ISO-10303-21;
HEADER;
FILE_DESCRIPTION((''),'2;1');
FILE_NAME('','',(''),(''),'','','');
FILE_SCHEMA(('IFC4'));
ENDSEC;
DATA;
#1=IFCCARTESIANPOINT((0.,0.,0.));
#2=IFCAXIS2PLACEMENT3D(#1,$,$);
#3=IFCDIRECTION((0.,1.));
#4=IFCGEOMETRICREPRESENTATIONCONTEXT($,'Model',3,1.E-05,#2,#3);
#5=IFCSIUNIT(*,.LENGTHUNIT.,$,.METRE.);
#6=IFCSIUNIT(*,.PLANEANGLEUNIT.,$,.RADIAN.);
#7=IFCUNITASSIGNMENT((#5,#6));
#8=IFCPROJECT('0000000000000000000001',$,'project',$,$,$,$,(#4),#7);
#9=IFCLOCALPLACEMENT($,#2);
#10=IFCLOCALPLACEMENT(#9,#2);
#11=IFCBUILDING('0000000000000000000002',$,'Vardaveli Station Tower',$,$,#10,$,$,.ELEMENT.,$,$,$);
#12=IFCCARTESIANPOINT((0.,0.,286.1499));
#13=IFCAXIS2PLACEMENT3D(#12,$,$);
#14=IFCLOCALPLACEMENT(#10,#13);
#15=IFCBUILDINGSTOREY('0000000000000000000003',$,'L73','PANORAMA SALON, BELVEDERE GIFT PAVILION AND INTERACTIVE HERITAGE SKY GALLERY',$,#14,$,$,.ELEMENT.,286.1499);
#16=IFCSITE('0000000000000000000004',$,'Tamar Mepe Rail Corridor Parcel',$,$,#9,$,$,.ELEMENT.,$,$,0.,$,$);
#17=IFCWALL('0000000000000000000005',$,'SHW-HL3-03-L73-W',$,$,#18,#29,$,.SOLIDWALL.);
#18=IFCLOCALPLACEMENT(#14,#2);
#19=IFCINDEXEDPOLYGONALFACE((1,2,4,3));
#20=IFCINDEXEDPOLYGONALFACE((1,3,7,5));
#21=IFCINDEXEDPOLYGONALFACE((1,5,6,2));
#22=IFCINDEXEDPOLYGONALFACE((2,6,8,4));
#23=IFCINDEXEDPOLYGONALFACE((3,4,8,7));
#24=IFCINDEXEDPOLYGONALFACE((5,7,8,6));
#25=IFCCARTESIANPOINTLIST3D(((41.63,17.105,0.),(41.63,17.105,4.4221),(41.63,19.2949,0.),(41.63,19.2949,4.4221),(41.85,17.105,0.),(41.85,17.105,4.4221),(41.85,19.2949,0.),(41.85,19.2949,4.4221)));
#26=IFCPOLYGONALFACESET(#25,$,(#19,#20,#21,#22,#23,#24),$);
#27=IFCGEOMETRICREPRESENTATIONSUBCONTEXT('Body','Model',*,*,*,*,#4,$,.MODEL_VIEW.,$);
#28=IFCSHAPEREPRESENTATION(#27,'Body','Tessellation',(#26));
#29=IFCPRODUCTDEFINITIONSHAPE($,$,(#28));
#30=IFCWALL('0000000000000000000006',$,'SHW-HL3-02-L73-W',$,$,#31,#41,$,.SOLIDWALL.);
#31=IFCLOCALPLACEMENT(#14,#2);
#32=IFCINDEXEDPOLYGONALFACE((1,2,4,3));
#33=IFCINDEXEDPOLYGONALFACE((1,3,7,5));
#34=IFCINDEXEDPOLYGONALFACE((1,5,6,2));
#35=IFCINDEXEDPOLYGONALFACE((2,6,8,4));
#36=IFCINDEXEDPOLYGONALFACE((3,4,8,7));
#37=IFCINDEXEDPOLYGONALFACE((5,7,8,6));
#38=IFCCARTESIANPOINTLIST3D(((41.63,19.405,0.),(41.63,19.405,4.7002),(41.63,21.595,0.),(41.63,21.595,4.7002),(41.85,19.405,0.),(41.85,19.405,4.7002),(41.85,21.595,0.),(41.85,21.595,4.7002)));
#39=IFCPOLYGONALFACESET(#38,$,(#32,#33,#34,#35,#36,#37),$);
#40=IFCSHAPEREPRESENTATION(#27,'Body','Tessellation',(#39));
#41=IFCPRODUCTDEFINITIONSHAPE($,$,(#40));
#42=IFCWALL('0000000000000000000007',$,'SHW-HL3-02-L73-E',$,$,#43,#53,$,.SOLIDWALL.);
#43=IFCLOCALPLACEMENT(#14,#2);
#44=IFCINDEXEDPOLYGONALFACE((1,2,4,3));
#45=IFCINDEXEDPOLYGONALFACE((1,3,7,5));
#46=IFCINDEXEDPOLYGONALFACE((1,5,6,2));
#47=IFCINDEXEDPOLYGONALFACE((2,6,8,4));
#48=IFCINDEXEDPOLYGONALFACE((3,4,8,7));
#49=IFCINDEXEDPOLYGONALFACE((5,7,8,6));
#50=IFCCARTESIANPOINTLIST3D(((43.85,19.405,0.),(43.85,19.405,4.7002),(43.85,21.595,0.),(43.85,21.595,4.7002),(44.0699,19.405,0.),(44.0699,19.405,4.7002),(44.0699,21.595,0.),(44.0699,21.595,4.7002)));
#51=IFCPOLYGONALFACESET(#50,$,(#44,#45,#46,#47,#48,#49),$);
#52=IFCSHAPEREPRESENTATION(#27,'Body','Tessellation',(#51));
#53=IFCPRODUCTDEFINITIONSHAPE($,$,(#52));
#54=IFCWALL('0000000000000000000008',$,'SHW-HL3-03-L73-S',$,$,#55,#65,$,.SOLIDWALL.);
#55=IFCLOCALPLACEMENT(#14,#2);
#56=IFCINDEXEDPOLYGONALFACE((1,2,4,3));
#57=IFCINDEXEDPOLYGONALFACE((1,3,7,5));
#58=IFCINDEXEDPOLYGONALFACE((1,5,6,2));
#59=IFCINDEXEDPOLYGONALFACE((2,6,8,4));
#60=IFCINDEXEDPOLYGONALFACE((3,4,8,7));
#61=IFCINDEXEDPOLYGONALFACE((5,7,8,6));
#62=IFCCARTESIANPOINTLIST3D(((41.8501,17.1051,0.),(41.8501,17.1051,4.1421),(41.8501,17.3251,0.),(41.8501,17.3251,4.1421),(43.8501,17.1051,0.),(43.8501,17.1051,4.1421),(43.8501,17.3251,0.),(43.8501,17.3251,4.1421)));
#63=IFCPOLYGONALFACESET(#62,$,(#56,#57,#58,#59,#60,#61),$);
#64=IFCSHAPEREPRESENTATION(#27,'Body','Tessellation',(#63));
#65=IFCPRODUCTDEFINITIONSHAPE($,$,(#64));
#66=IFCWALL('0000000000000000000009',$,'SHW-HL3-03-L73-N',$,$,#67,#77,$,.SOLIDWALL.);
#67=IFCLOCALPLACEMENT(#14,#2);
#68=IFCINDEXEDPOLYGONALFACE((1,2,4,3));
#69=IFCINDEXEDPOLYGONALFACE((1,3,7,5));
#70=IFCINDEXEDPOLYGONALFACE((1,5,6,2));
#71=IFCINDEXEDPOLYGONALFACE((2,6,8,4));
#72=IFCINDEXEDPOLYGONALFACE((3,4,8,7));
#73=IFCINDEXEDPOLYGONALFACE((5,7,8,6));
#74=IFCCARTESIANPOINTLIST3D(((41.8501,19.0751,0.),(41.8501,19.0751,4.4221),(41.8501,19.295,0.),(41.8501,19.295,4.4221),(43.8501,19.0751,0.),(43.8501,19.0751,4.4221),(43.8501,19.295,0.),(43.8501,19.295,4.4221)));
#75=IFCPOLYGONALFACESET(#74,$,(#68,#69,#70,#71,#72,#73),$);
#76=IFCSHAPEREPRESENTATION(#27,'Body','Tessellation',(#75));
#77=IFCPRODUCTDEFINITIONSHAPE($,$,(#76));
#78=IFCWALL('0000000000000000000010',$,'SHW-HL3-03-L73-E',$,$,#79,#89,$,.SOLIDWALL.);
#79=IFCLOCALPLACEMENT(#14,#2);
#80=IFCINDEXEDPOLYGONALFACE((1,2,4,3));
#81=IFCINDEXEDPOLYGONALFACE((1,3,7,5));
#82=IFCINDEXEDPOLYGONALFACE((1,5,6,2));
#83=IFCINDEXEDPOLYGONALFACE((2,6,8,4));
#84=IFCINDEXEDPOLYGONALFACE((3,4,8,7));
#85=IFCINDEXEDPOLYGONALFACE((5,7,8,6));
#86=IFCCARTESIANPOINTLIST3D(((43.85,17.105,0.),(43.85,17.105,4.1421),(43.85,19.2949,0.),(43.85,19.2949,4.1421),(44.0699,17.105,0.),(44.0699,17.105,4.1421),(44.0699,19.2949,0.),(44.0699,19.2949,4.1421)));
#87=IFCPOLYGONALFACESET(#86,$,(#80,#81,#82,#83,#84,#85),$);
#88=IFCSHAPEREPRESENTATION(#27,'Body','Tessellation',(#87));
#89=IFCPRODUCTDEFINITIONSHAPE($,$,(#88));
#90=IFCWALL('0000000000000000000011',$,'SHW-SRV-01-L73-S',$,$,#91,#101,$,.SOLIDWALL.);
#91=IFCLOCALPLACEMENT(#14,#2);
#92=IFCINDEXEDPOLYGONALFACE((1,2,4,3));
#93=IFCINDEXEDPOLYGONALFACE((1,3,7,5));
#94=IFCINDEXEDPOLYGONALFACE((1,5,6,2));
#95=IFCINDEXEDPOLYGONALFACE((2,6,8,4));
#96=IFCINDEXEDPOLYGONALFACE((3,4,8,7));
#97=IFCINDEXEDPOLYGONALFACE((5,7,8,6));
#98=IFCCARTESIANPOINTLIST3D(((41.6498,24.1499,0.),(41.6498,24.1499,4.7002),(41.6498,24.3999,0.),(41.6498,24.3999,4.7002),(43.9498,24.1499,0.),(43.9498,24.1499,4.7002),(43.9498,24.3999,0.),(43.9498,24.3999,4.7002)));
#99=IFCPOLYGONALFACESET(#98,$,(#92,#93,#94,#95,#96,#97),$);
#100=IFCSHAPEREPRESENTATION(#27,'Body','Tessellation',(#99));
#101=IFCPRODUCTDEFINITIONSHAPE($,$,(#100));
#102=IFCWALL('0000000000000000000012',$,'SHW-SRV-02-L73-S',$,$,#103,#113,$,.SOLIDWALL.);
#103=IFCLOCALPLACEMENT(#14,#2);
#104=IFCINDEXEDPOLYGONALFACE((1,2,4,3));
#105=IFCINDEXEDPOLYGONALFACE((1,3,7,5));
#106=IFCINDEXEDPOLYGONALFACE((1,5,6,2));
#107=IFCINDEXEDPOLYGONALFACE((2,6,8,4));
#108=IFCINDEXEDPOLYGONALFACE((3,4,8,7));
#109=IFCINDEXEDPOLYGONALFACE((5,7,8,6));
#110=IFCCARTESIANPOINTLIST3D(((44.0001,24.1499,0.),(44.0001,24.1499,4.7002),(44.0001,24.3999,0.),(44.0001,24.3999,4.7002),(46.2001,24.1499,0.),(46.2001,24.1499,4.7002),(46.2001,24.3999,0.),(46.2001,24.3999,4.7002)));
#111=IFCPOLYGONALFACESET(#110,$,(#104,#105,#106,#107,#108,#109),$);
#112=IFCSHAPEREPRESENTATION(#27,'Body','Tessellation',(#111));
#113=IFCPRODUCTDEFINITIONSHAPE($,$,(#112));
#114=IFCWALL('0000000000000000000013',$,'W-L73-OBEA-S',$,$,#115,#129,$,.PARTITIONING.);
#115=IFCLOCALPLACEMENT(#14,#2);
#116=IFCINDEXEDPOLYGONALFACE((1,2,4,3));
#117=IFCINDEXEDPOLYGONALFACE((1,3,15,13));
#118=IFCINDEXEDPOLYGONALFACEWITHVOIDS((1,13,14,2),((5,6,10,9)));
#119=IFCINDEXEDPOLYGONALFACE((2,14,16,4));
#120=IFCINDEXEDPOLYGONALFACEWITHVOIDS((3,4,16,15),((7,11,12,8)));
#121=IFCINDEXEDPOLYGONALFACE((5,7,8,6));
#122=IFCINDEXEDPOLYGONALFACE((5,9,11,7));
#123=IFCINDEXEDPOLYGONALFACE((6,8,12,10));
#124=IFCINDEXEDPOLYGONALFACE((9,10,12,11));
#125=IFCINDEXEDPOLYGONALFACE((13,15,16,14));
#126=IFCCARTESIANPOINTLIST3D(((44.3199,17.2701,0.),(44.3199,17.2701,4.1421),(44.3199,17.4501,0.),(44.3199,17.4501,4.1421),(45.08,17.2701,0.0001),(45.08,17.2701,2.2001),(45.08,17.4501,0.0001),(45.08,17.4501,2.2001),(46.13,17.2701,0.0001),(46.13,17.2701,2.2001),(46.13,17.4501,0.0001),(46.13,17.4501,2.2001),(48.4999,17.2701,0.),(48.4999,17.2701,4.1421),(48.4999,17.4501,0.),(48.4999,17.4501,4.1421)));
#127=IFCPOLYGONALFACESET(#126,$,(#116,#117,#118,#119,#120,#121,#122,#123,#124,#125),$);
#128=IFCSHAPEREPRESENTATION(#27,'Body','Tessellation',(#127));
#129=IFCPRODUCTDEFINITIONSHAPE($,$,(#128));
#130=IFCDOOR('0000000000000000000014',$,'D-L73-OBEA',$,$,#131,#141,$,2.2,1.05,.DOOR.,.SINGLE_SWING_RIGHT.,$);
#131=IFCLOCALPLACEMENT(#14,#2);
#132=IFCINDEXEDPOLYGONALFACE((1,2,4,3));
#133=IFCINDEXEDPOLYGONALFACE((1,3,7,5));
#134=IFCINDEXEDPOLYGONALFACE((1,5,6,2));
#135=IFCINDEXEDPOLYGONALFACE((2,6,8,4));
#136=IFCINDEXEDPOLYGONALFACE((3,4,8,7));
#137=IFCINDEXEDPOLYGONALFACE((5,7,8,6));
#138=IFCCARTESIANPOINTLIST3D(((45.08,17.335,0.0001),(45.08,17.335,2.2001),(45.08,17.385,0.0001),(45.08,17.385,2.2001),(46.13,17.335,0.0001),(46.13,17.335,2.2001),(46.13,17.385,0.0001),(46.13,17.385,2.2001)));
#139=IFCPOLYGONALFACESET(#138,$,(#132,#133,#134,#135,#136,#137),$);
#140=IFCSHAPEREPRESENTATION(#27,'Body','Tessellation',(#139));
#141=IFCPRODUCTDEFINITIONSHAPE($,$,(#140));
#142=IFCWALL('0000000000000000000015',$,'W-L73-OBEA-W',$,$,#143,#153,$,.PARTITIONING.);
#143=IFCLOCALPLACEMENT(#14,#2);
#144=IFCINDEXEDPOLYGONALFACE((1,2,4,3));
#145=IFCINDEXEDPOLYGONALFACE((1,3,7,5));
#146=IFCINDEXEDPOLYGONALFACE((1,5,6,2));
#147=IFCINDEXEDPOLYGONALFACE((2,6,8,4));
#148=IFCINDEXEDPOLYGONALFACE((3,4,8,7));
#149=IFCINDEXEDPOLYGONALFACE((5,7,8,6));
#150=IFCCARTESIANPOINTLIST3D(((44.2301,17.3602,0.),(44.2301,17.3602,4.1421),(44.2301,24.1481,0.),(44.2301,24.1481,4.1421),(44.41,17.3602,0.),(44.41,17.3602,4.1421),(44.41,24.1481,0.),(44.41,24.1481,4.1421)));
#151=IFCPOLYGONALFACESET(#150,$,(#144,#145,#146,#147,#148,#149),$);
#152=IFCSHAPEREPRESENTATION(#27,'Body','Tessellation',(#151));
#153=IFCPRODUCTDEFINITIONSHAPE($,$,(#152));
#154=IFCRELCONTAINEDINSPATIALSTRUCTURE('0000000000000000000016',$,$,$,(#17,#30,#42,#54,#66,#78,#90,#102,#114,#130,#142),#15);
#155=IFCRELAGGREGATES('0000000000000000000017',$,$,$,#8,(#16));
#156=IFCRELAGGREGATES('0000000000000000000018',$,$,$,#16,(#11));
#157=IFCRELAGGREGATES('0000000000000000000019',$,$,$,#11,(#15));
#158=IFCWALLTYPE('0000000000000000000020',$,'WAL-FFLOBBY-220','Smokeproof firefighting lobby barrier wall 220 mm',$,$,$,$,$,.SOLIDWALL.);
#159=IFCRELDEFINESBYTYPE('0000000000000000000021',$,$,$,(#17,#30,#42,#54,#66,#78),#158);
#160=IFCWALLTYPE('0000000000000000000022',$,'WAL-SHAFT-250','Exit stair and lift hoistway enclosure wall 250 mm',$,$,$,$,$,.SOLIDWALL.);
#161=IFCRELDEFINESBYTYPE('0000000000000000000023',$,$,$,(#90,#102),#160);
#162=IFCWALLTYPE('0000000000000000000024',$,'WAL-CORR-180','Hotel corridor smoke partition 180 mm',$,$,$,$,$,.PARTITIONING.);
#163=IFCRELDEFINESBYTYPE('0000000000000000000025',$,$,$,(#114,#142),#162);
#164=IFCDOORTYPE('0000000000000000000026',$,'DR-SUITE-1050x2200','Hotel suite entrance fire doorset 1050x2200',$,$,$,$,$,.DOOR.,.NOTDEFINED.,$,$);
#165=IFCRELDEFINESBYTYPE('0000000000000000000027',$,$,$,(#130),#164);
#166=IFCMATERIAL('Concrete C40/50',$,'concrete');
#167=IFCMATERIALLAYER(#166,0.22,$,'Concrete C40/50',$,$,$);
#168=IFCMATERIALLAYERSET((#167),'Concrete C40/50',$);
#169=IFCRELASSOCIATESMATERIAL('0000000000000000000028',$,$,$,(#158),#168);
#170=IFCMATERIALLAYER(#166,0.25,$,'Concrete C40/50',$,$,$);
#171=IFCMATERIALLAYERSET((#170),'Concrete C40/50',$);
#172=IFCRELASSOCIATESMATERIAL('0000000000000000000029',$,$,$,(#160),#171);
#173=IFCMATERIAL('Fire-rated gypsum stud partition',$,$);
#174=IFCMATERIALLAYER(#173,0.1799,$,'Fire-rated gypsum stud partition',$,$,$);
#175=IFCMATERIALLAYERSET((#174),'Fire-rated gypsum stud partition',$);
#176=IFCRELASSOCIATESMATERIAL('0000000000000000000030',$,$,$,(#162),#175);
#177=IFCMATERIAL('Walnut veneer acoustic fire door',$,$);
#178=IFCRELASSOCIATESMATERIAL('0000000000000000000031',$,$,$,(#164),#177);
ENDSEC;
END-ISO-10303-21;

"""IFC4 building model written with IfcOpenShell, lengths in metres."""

from ifc_helpers import new_model, si_unit, direction, frame, frame_2d, origin, place, context, subcontext, project, spatial, rectangle, extrude, source, transform, mapped, material, layer, layer_set, type_object, element, fill, save


model = new_model("IFC4")

# Units and contexts
model_context = context("Model", 3, precision=1e-05, world=origin(), true_north=direction((0.0, 1.0)))
body_context = subcontext(model_context, "Body", "Model", "MODEL_VIEW")
ifc_project = project(units=[si_unit("LENGTHUNIT", "METRE"), si_unit("PLANEANGLEUNIT", "RADIAN")], contexts=[model_context])

# Site, building, storey
site_placement = place(None, origin())
site = spatial("IfcSite", under=ifc_project, at=site_placement, Name="Tamar Mepe Rail Corridor Parcel", CompositionType="ELEMENT", RefElevation=0.0)
building_placement = place(site_placement, origin())
building = spatial("IfcBuilding", under=site, at=building_placement, Name="Vardaveli Station Tower", CompositionType="ELEMENT")
storey_placement = place(building_placement, frame((0.0, 0.0, 286.1499)))
storey = spatial("IfcBuildingStorey", under=building, at=storey_placement, Name="L73", Description="PANORAMA SALON, BELVEDERE GIFT PAVILION AND INTERACTIVE HERITAGE SKY GALLERY", CompositionType="ELEMENT", Elevation=286.1499)

# Walls
ifc_material_1 = material(Name="Concrete C40/50", Category="concrete")
ifc_layer_1 = layer(ifc_material_1, 0.22, Name="Concrete C40/50")
ifc_layer_set_1 = layer_set([ifc_layer_1], Name="Concrete C40/50")
wall_type_1 = type_object("IfcWallType", Name="WAL-FFLOBBY-220", Description="Smokeproof firefighting lobby barrier wall 220 mm", PredefinedType="SOLIDWALL", material=ifc_layer_set_1)
shared_shape_1 = source(origin(), body_context, "Body", "SweptSolid", [
    extrude(rectangle(XDim=2.1899, YDim=0.22, at=frame_2d((1.095, 0.0))), origin(), (0.0, 0.0, 1.0), 4.4221),
])
for number, where, z_axis, x_axis, name in (
    (1, (41.74, 17.105, 0.0), (0.0, 0.0, 1.0), (0.0, 1.0, 0.0), "SHW-HL3-03-L73-W"),
):
    element("IfcWall", number, at=place(storey_placement, frame(where, z_axis=z_axis, x_axis=x_axis)), inside=storey, type_object=wall_type_1, Name=name, PredefinedType="SOLIDWALL", context=body_context, shape_type="MappedRepresentation", body=[
        mapped(shared_shape_1, transform((0.0, 0.0, 0.0), scale=1.0)),
    ])
shared_shape_2 = source(origin(), body_context, "Body", "SweptSolid", [
    extrude(rectangle(XDim=2.1899, YDim=0.22, at=frame_2d((1.095, 0.0))), origin(), (0.0, 0.0, 1.0), 4.7002),
])
for number, where, z_axis, x_axis, name in (
    (2, (41.74, 19.405, 0.0), (0.0, 0.0, 1.0), (0.0, 1.0, 0.0), "SHW-HL3-02-L73-W"),
    (3, (43.96, 19.405, 0.0), (0.0, 0.0, 1.0), (0.0, 1.0, 0.0), "SHW-HL3-02-L73-E"),
):
    element("IfcWall", number, at=place(storey_placement, frame(where, z_axis=z_axis, x_axis=x_axis)), inside=storey, type_object=wall_type_1, Name=name, PredefinedType="SOLIDWALL", context=body_context, shape_type="MappedRepresentation", body=[
        mapped(shared_shape_2, transform((0.0, 0.0, 0.0), scale=1.0)),
    ])
shared_shape_3 = source(origin(), body_context, "Body", "SweptSolid", [
    extrude(rectangle(XDim=2.0, YDim=0.22, at=frame_2d((1.0, 0.0))), origin(), (0.0, 0.0, 1.0), 4.1421),
])
wall_1_placement = place(storey_placement, frame((41.8501, 17.2151, 0.0), z_axis=(0.0, 0.0, 1.0), x_axis=(1.0, 0.0, 0.0)))
element("IfcWall", 4, at=wall_1_placement, inside=storey, type_object=wall_type_1, Name="SHW-HL3-03-L73-S", PredefinedType="SOLIDWALL", context=body_context, shape_type="MappedRepresentation", body=[
    mapped(shared_shape_3, transform((0.0, 0.0, 0.0), scale=1.0)),
])
shared_shape_4 = source(origin(), body_context, "Body", "SweptSolid", [
    extrude(rectangle(XDim=2.0, YDim=0.22, at=frame_2d((1.0, 0.0))), origin(), (0.0, 0.0, 1.0), 4.4221),
])
wall_2_placement = place(storey_placement, frame((41.8501, 19.1851, 0.0), z_axis=(0.0, 0.0, 1.0), x_axis=(1.0, 0.0, 0.0)))
element("IfcWall", 5, at=wall_2_placement, inside=storey, type_object=wall_type_1, Name="SHW-HL3-03-L73-N", PredefinedType="SOLIDWALL", context=body_context, shape_type="MappedRepresentation", body=[
    mapped(shared_shape_4, transform((0.0, 0.0, 0.0), scale=1.0)),
])
shared_shape_5 = source(origin(), body_context, "Body", "SweptSolid", [
    extrude(rectangle(XDim=2.1899, YDim=0.22, at=frame_2d((1.095, 0.0))), origin(), (0.0, 0.0, 1.0), 4.1421),
])
wall_3_placement = place(storey_placement, frame((43.96, 17.105, 0.0), z_axis=(0.0, 0.0, 1.0), x_axis=(0.0, 1.0, 0.0)))
element("IfcWall", 6, at=wall_3_placement, inside=storey, type_object=wall_type_1, Name="SHW-HL3-03-L73-E", PredefinedType="SOLIDWALL", context=body_context, shape_type="MappedRepresentation", body=[
    mapped(shared_shape_5, transform((0.0, 0.0, 0.0), scale=1.0)),
])
ifc_layer_2 = layer(ifc_material_1, 0.25, Name="Concrete C40/50")
ifc_layer_set_2 = layer_set([ifc_layer_2], Name="Concrete C40/50")
wall_type_2 = type_object("IfcWallType", Name="WAL-SHAFT-250", Description="Exit stair and lift hoistway enclosure wall 250 mm", PredefinedType="SOLIDWALL", material=ifc_layer_set_2)
shared_shape_6 = source(origin(), body_context, "Body", "SweptSolid", [
    extrude(rectangle(XDim=2.3, YDim=0.25, at=frame_2d((1.1499, 0.0))), origin(), (0.0, 0.0, 1.0), 4.7002),
])
wall_4_placement = place(storey_placement, frame((41.6499, 24.2749, 0.0), z_axis=(0.0, 0.0, 1.0), x_axis=(1.0, 0.0, 0.0)))
element("IfcWall", 7, at=wall_4_placement, inside=storey, type_object=wall_type_2, Name="SHW-SRV-01-L73-S", PredefinedType="SOLIDWALL", context=body_context, shape_type="MappedRepresentation", body=[
    mapped(shared_shape_6, transform((0.0, 0.0, 0.0), scale=1.0)),
])
shared_shape_7 = source(origin(), body_context, "Body", "SweptSolid", [
    extrude(rectangle(XDim=2.2, YDim=0.25, at=frame_2d((1.1001, 0.0))), origin(), (0.0, 0.0, 1.0), 4.7002),
])
wall_5_placement = place(storey_placement, frame((44.0, 24.2749, 0.0), z_axis=(0.0, 0.0, 1.0), x_axis=(1.0, 0.0, 0.0)))
element("IfcWall", 8, at=wall_5_placement, inside=storey, type_object=wall_type_2, Name="SHW-SRV-02-L73-S", PredefinedType="SOLIDWALL", context=body_context, shape_type="MappedRepresentation", body=[
    mapped(shared_shape_7, transform((0.0, 0.0, 0.0), scale=1.0)),
])

# Wall, opening, door
ifc_material_2 = material(Name="Fire-rated gypsum stud partition")
ifc_layer_3 = layer(ifc_material_2, 0.1799, Name="Fire-rated gypsum stud partition")
ifc_layer_set_3 = layer_set([ifc_layer_3], Name="Fire-rated gypsum stud partition")
wall_type_3 = type_object("IfcWallType", Name="WAL-CORR-180", Description="Hotel corridor smoke partition 180 mm", PredefinedType="PARTITIONING", material=ifc_layer_set_3)
shared_shape_8 = source(origin(), body_context, "Body", "SweptSolid", [
    extrude(rectangle(XDim=4.1799, YDim=0.1799, at=frame_2d((2.0898, 0.0))), origin(), (0.0, 0.0, 1.0), 4.1421),
])
wall_6_placement = place(storey_placement, frame((44.3201, 17.3601, 0.0), z_axis=(0.0, 0.0, 1.0), x_axis=(1.0, 0.0, 0.0)))
wall_6 = element("IfcWall", 9, at=wall_6_placement, inside=storey, type_object=wall_type_3, Name="W-L73-OBEA-S", PredefinedType="PARTITIONING", context=body_context, shape_type="MappedRepresentation", body=[
    mapped(shared_shape_8, transform((0.0, 0.0, 0.0), scale=1.0)),
])
shared_shape_9 = source(origin(), body_context, "Body", "SweptSolid", [
    extrude(rectangle(XDim=1.05, YDim=2.2, at=frame_2d((0.5249, 1.1001))), frame((0.0, 0.1001, 0.0), z_axis=(0.0, -1.0, 0.0), x_axis=(1.0, 0.0, 0.0)), (0.0, 0.0, 1.0), 0.2),
])
opening_placement = place(wall_6_placement, frame((0.76, 0.0, 0.0)))
opening = element("IfcOpeningElement", 10, at=opening_placement, cuts=wall_6, PredefinedType="OPENING", context=body_context, shape_type="MappedRepresentation", body=[
    mapped(shared_shape_9, transform((0.0, 0.0, 0.0), scale=1.0)),
])
ifc_material_3 = material(Name="Walnut veneer acoustic fire door")
door_type = type_object("IfcDoorType", Name="DR-SUITE-1050x2200", Description="Hotel suite entrance fire doorset 1050x2200", OperationType="NOTDEFINED", PredefinedType="DOOR", material=ifc_material_3)
shared_shape_10 = source(origin(), body_context, "Body", "SweptSolid", [
    extrude(rectangle(XDim=1.05, YDim=2.2, at=frame_2d((0.5249, 1.1001))), frame((0.0, 0.0249, 0.0), z_axis=(0.0, -1.0, 0.0), x_axis=(1.0, 0.0, 0.0)), (0.0, 0.0, 1.0), 0.05),
])
door_placement = place(opening_placement, origin())
door = element("IfcDoor", 11, at=door_placement, inside=storey, type_object=door_type, Name="D-L73-OBEA", OperationType="SINGLE_SWING_RIGHT", OverallHeight=2.2, OverallWidth=1.05, PredefinedType="DOOR", context=body_context, shape_type="MappedRepresentation", body=[
    mapped(shared_shape_10, transform((0.0, 0.0, 0.0), scale=1.0)),
])
fill(opening, door)

# Wall
shared_shape_11 = source(origin(), body_context, "Body", "SweptSolid", [
    extrude(rectangle(XDim=6.7878, YDim=0.1799, at=frame_2d((3.394, 0.0))), origin(), (0.0, 0.0, 1.0), 4.1421),
])
wall_7_placement = place(storey_placement, frame((44.3201, 17.3601, 0.0), z_axis=(0.0, 0.0, 1.0), x_axis=(0.0, 1.0, 0.0)))
element("IfcWall", 12, at=wall_7_placement, inside=storey, type_object=wall_type_3, Name="W-L73-OBEA-W", PredefinedType="PARTITIONING", context=body_context, shape_type="MappedRepresentation", body=[
    mapped(shared_shape_11, transform((0.0, 0.0, 0.0), scale=1.0)),
])

save(model, "model.ifc")
